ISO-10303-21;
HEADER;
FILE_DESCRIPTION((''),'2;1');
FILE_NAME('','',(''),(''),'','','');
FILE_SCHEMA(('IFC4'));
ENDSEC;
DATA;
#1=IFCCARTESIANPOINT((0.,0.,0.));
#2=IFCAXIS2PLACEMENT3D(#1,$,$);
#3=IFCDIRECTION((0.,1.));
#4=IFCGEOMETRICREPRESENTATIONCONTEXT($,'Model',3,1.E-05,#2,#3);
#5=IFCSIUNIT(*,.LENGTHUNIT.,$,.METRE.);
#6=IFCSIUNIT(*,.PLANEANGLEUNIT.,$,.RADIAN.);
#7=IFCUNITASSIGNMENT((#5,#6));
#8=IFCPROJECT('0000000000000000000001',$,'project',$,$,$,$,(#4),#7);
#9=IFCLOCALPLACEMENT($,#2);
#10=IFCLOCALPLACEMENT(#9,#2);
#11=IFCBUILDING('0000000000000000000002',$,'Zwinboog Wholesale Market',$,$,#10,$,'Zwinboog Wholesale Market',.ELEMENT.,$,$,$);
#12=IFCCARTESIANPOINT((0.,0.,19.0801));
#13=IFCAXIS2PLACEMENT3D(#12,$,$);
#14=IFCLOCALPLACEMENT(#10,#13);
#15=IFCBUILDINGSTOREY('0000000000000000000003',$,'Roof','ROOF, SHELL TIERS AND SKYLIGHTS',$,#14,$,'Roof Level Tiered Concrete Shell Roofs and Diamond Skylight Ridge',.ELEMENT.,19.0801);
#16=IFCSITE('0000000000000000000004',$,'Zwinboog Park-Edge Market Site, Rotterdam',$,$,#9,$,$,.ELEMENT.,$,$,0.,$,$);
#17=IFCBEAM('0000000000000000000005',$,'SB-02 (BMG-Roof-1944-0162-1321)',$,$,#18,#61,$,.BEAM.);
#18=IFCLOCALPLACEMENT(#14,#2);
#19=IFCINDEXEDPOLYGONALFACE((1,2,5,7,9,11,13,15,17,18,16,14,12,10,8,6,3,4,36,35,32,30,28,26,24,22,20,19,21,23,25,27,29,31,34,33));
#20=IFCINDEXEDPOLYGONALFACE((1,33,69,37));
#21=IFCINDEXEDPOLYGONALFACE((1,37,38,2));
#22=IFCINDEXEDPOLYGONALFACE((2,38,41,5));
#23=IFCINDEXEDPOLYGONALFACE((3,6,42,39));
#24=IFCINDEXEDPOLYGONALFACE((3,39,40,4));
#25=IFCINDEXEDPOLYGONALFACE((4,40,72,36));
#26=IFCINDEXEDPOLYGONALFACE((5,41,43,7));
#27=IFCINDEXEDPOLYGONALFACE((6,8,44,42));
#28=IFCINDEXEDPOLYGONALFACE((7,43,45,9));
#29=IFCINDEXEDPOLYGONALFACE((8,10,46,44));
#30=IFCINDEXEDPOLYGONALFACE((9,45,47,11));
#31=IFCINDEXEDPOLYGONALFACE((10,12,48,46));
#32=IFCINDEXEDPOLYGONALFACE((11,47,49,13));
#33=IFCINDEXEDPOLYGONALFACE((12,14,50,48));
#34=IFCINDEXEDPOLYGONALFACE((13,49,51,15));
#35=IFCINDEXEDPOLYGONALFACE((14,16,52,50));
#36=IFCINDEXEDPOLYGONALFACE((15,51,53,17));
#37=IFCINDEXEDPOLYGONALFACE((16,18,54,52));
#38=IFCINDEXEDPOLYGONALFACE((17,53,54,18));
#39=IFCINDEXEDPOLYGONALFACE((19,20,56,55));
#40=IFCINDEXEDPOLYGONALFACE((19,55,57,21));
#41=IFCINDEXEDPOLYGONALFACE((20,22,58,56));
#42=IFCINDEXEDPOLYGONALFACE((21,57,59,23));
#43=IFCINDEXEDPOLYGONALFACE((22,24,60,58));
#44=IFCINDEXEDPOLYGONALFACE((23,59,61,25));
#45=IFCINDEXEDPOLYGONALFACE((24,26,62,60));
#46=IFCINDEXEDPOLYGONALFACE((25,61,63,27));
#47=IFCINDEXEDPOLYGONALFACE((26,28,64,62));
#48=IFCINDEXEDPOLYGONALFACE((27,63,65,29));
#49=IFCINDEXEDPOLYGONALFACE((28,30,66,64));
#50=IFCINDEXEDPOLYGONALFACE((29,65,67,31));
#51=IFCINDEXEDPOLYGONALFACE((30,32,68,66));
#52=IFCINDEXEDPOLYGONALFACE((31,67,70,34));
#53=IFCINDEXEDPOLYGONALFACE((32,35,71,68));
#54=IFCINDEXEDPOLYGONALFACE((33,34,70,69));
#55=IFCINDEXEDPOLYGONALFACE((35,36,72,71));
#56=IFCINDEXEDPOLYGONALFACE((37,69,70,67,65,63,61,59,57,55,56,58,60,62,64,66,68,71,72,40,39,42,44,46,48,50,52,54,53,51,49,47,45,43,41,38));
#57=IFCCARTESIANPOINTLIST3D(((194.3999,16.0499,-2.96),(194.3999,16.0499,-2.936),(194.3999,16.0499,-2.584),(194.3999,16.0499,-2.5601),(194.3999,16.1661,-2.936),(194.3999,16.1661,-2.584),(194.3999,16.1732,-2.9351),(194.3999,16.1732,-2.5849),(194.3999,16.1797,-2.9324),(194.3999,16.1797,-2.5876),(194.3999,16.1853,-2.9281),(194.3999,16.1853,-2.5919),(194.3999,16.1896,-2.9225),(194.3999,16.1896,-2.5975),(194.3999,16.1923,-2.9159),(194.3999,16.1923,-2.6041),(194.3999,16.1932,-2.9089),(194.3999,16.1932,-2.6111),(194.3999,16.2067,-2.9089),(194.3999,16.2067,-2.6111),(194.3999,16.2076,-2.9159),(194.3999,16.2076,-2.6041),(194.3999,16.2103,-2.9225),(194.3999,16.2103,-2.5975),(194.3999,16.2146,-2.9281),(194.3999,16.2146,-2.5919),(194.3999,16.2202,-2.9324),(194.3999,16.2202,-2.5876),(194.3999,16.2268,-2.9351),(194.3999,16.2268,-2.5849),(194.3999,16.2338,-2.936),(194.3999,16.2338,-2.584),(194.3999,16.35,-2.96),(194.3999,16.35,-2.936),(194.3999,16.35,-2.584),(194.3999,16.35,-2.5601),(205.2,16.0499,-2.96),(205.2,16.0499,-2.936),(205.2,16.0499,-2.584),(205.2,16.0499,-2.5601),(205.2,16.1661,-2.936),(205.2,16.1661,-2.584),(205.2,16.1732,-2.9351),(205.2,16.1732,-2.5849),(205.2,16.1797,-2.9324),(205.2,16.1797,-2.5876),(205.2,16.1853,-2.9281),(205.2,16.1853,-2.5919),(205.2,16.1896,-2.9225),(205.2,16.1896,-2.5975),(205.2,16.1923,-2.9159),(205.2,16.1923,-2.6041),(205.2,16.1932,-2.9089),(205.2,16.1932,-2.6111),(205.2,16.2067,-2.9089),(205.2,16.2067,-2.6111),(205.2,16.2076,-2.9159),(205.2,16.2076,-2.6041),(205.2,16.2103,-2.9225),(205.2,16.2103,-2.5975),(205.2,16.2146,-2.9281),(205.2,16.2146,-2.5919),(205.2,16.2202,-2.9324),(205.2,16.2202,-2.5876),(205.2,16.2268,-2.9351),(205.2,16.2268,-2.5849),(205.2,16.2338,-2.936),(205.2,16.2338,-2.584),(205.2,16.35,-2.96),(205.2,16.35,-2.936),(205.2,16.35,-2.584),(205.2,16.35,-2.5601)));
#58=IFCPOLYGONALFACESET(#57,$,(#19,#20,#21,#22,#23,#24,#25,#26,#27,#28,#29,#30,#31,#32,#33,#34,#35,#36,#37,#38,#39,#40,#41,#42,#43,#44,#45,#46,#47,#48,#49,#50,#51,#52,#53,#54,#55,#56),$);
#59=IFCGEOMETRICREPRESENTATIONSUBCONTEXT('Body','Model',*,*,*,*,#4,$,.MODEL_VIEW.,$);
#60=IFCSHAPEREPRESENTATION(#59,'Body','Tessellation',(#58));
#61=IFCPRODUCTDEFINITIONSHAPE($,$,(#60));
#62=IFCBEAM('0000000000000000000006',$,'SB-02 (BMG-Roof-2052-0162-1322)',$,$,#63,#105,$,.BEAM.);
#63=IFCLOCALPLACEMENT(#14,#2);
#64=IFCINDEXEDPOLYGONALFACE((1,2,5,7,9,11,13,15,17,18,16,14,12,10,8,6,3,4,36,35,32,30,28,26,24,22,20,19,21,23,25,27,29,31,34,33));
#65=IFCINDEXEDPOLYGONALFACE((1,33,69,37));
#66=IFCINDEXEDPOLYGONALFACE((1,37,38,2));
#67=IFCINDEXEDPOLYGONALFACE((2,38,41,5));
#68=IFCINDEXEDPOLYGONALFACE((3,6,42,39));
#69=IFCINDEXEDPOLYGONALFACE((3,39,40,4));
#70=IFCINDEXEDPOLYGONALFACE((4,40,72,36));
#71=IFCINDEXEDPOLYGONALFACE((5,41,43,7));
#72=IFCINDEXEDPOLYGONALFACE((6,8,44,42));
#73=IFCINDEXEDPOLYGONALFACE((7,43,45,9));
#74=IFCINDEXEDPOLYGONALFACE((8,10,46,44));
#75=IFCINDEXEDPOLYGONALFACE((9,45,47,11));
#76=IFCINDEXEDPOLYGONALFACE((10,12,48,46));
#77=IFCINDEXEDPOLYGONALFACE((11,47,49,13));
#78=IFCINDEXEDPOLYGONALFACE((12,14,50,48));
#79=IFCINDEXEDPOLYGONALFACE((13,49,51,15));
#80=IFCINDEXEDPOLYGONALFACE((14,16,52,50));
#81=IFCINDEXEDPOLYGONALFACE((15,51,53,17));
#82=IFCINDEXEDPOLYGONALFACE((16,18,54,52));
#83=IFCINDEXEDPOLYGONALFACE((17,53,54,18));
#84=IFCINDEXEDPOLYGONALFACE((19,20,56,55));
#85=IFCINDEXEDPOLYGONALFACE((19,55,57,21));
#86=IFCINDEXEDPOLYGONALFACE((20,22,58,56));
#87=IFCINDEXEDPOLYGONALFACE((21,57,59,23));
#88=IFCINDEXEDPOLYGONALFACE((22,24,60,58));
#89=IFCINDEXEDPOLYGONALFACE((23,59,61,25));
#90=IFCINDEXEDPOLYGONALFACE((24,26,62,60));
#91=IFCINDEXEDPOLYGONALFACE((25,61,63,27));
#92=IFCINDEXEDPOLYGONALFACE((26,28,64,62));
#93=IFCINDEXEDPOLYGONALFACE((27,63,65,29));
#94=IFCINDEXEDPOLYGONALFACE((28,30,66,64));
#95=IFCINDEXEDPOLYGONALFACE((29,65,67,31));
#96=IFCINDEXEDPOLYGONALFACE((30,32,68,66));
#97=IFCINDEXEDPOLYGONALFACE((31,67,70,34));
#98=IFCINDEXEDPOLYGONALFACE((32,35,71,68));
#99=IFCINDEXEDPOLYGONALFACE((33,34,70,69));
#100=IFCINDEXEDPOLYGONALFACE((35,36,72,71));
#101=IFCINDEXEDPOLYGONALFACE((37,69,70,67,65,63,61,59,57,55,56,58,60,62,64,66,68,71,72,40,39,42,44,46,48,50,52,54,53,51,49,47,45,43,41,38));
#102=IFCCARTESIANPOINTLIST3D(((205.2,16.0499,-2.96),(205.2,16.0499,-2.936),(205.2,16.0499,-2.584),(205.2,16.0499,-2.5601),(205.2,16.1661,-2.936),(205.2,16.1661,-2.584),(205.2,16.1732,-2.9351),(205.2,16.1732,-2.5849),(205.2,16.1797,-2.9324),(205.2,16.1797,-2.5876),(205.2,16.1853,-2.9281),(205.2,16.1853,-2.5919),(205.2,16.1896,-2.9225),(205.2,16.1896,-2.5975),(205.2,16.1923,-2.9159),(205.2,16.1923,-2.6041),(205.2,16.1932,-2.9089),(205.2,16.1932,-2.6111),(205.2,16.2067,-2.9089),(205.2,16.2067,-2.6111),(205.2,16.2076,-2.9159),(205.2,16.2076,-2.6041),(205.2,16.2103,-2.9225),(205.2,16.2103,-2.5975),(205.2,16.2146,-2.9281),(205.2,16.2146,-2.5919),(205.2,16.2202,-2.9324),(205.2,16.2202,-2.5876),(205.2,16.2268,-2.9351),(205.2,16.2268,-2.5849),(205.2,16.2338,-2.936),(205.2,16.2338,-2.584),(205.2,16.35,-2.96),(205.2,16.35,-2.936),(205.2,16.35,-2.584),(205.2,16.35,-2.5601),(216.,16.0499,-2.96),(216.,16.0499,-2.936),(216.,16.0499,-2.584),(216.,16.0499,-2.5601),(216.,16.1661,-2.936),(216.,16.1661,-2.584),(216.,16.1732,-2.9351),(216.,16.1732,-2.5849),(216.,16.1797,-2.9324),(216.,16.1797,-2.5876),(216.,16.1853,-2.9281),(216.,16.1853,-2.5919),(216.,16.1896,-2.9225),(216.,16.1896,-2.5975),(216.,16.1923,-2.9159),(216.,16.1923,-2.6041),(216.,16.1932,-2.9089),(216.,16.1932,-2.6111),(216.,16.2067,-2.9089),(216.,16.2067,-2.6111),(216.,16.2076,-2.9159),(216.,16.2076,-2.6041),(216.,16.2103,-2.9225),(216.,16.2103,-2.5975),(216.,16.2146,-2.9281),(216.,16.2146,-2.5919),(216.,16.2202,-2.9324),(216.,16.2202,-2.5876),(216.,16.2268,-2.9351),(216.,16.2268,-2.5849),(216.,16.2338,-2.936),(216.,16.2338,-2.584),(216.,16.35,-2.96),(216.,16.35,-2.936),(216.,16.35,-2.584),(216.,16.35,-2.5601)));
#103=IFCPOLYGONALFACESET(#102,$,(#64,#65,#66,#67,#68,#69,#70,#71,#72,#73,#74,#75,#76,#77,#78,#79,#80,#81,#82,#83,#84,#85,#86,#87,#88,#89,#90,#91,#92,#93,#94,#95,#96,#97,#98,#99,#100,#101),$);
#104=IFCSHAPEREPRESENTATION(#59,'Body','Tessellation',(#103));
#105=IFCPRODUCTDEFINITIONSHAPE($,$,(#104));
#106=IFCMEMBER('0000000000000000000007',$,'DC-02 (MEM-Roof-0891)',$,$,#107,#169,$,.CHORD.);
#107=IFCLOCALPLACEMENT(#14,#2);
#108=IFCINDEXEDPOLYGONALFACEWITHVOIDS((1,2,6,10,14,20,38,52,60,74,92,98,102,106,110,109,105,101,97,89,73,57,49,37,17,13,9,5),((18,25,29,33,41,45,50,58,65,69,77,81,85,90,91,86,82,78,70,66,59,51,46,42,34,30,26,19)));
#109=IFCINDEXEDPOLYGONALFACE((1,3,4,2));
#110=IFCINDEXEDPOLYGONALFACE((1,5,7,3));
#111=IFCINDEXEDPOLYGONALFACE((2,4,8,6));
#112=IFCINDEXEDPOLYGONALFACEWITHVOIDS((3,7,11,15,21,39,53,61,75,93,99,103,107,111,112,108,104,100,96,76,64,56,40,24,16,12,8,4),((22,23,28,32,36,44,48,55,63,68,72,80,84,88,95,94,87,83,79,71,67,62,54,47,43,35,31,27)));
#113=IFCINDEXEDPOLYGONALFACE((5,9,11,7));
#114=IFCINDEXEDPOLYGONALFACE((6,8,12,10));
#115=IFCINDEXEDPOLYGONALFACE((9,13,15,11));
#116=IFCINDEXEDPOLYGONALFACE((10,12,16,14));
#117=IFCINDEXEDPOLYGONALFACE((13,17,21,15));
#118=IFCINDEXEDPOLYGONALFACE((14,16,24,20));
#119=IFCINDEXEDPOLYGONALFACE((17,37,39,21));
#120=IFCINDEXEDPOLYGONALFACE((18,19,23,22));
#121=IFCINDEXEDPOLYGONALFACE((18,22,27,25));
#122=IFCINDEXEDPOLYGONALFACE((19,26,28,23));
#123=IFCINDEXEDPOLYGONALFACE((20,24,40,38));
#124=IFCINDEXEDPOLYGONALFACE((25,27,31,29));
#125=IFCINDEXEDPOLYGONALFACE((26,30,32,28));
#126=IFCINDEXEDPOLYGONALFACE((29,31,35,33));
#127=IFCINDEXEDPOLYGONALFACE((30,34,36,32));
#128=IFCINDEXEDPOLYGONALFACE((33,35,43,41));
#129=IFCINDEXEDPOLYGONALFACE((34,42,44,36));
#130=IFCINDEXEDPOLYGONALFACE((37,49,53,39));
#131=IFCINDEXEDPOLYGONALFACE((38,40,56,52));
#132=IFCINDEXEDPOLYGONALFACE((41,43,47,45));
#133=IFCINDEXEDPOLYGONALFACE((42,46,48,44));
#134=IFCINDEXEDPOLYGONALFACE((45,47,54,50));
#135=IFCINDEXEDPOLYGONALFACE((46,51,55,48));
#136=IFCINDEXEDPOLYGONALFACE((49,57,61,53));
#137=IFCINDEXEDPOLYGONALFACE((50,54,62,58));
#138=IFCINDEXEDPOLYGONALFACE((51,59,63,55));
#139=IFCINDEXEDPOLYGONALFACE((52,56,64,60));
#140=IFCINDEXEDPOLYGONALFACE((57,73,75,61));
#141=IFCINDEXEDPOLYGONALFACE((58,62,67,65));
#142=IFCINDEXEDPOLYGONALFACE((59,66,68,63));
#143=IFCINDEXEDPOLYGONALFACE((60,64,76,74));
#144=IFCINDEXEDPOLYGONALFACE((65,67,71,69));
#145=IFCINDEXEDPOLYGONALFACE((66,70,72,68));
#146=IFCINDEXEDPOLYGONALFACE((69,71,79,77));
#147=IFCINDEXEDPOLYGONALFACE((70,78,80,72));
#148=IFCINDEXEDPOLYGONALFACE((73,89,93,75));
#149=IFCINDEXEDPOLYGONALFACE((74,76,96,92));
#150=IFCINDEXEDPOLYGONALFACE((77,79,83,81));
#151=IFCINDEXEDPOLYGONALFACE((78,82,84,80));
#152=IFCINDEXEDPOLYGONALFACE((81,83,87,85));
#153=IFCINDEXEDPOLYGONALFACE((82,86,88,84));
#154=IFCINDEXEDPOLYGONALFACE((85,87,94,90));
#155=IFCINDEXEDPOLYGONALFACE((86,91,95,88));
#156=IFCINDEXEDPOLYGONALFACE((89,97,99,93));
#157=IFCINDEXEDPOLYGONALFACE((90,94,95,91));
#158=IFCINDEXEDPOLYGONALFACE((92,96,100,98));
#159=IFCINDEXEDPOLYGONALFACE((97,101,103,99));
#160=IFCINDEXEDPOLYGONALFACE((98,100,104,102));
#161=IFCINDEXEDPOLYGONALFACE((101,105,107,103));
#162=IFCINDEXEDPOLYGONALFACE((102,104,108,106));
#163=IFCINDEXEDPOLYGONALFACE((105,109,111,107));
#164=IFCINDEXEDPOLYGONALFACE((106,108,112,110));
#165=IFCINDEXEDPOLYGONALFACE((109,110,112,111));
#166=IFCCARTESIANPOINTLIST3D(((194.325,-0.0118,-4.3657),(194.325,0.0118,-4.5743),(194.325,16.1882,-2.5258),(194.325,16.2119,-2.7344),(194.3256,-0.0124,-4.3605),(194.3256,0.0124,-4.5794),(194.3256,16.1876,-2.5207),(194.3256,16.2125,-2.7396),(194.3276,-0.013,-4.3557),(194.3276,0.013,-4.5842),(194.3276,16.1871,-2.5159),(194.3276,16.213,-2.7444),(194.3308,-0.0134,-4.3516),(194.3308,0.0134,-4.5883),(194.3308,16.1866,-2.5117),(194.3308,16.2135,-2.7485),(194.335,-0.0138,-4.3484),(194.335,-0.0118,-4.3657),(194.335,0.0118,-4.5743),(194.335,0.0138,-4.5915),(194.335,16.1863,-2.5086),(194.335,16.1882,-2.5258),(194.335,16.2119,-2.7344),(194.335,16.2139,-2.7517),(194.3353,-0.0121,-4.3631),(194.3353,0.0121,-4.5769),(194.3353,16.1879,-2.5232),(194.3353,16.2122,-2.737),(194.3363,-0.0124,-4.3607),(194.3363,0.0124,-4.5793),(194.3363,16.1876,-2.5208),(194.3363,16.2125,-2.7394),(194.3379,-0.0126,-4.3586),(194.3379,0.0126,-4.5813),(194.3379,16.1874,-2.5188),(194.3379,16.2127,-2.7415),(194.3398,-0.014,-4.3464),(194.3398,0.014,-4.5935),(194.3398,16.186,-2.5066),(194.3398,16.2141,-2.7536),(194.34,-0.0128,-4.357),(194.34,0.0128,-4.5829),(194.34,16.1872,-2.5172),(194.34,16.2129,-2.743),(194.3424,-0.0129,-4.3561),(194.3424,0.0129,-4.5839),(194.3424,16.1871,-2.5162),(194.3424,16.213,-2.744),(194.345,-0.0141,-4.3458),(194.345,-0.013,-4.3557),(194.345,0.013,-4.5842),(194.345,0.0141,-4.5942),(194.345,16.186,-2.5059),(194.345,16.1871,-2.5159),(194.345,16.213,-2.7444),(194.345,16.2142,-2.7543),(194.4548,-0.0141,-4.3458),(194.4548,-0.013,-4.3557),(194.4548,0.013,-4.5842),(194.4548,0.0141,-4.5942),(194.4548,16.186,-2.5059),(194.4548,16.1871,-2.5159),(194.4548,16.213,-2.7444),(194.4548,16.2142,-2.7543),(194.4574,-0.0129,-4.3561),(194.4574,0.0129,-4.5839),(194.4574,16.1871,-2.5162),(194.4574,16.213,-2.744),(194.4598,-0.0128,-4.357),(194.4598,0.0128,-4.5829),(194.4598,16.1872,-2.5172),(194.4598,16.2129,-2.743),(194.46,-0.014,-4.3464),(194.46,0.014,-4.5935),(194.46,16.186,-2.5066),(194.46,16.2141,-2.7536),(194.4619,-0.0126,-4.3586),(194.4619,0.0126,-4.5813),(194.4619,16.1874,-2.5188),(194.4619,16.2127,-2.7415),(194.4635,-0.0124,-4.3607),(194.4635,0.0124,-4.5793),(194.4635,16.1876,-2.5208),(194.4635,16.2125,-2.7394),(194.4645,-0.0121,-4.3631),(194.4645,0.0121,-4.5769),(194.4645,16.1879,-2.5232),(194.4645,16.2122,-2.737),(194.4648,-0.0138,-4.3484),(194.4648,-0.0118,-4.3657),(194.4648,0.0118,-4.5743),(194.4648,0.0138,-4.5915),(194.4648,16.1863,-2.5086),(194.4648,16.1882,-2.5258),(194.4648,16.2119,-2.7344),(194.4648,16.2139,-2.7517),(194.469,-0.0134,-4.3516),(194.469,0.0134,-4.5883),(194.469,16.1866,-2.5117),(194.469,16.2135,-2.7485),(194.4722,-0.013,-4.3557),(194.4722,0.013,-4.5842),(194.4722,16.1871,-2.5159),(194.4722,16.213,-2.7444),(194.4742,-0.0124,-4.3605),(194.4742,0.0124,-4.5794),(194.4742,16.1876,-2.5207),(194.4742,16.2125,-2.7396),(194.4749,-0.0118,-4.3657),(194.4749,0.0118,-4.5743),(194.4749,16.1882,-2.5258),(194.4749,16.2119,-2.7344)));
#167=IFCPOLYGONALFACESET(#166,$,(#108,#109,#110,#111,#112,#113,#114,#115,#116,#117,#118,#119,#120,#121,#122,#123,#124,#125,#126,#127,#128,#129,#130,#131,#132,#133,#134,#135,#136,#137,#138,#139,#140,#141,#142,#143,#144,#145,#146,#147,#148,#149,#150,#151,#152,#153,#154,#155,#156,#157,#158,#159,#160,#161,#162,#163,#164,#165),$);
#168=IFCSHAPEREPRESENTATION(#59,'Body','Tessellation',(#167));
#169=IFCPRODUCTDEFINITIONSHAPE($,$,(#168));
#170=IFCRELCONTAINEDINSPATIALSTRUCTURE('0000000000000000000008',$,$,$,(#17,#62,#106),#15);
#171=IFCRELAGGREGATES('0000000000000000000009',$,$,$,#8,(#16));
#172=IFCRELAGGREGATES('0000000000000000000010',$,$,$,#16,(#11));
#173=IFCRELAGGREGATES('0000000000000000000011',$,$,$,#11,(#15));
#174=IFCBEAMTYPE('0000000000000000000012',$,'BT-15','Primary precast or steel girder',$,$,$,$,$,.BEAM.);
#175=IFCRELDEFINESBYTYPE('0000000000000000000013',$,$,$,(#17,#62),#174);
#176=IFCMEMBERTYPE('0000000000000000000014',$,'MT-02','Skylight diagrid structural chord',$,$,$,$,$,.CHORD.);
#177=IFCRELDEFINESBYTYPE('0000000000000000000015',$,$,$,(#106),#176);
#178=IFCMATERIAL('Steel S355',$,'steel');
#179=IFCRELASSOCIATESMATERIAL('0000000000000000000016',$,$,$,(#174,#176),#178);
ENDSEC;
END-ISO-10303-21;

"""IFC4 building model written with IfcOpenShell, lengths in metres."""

from ifc_helpers import new_model, si_unit, direction, frame, origin, origin_2d, place, context, subcontext, project, spatial, hollow_rectangle, i_section, extrude, material, material_profile, profile_set, type_object, element, save


model = new_model("IFC4")

# Units and contexts
model_context = context("Model", 3, precision=1e-05, world=origin(), true_north=direction((0.0, 1.0)))
body_context = subcontext(model_context, "Body", "Model", "MODEL_VIEW")
ifc_project = project(units=[si_unit("LENGTHUNIT", "METRE"), si_unit("PLANEANGLEUNIT", "RADIAN")], contexts=[model_context])

# Site, building, storey
site_placement = place(None, origin())
site = spatial("IfcSite", under=ifc_project, at=site_placement, Name="Zwinboog Park-Edge Market Site, Rotterdam", CompositionType="ELEMENT", RefElevation=0.0)
building_placement = place(site_placement, origin())
building = spatial("IfcBuilding", under=site, at=building_placement, Name="Zwinboog Wholesale Market", LongName="Zwinboog Wholesale Market", CompositionType="ELEMENT")
storey_placement = place(building_placement, frame((0.0, 0.0, 19.0801)))
storey = spatial("IfcBuildingStorey", under=building, at=storey_placement, Name="Roof", Description="ROOF, SHELL TIERS AND SKYLIGHTS", LongName="Roof Level Tiered Concrete Shell Roofs and Diamond Skylight Ridge", CompositionType="ELEMENT", Elevation=19.0801)

# Beams
ifc_material_1 = material(Name="Steel S355", Category="steel")
ifc_material_profile_1 = material_profile(ifc_material_1, i_section(OverallWidth=0.3, OverallDepth=0.3999, WebThickness=0.0134, FlangeThickness=0.0239, FilletRadius=0.0271, at=origin_2d()), Name="HEB 400")
ifc_profile_set_1 = profile_set([ifc_material_profile_1], Name="Steel S355")
beam_type_1 = type_object("IfcBeamType", Name="BT-15", Description="Primary precast or steel girder", PredefinedType="BEAM", material=ifc_profile_set_1)
for number, where, z_axis, x_axis, name in (
    (1, (194.3999, 16.2, -2.76), (1.0, 0.0, 0.0), (0.0, 1.0, 0.0), "SB-02 (BMG-Roof-1944-0162-1321)"),
    (2, (205.2, 16.2, -2.76), (1.0, 0.0, 0.0), (0.0, 1.0, 0.0), "SB-02 (BMG-Roof-2052-0162-1322)"),
):
    element("IfcBeam", number, at=place(storey_placement, frame(where, z_axis=z_axis, x_axis=x_axis)), inside=storey, type_object=beam_type_1, Name=name, PredefinedType="BEAM", context=body_context, shape_type="SweptSolid", body=[
        extrude(i_section(OverallWidth=0.3, OverallDepth=0.3999, WebThickness=0.0134, FlangeThickness=0.0239, FilletRadius=0.0271, at=origin_2d()), origin(), (0.0, 0.0, 1.0), 10.8),
    ])

# Member
ifc_material_profile_2 = material_profile(ifc_material_1, hollow_rectangle(XDim=0.1499, YDim=0.25, WallThickness=0.01, InnerFilletRadius=0.01, OuterFilletRadius=0.02, at=origin_2d()), Name="RHS 250x150x10")
ifc_profile_set_2 = profile_set([ifc_material_profile_2], Name="Steel S355")
member_type_1 = type_object("IfcMemberType", Name="MT-02", Description="Skylight diagrid structural chord", PredefinedType="CHORD", material=ifc_profile_set_2)
for number, where, z_axis, x_axis, name in (
    (3, (194.3999, 0.0, -4.47), (0.0, 0.993613, 0.112846), (-1.0, 0.0, 0.0), "DC-02 (MEM-Roof-0891)"),
):
    element("IfcMember", number, at=place(storey_placement, frame(where, z_axis=z_axis, x_axis=x_axis)), inside=storey, type_object=member_type_1, Name=name, PredefinedType="CHORD", context=body_context, shape_type="SweptSolid", body=[
        extrude(hollow_rectangle(XDim=0.1499, YDim=0.25, WallThickness=0.01, InnerFilletRadius=0.01, OuterFilletRadius=0.02, at=origin_2d()), origin(), (0.0, 0.0, 1.0), 16.3042),
    ])

save(model, "model.ifc")
